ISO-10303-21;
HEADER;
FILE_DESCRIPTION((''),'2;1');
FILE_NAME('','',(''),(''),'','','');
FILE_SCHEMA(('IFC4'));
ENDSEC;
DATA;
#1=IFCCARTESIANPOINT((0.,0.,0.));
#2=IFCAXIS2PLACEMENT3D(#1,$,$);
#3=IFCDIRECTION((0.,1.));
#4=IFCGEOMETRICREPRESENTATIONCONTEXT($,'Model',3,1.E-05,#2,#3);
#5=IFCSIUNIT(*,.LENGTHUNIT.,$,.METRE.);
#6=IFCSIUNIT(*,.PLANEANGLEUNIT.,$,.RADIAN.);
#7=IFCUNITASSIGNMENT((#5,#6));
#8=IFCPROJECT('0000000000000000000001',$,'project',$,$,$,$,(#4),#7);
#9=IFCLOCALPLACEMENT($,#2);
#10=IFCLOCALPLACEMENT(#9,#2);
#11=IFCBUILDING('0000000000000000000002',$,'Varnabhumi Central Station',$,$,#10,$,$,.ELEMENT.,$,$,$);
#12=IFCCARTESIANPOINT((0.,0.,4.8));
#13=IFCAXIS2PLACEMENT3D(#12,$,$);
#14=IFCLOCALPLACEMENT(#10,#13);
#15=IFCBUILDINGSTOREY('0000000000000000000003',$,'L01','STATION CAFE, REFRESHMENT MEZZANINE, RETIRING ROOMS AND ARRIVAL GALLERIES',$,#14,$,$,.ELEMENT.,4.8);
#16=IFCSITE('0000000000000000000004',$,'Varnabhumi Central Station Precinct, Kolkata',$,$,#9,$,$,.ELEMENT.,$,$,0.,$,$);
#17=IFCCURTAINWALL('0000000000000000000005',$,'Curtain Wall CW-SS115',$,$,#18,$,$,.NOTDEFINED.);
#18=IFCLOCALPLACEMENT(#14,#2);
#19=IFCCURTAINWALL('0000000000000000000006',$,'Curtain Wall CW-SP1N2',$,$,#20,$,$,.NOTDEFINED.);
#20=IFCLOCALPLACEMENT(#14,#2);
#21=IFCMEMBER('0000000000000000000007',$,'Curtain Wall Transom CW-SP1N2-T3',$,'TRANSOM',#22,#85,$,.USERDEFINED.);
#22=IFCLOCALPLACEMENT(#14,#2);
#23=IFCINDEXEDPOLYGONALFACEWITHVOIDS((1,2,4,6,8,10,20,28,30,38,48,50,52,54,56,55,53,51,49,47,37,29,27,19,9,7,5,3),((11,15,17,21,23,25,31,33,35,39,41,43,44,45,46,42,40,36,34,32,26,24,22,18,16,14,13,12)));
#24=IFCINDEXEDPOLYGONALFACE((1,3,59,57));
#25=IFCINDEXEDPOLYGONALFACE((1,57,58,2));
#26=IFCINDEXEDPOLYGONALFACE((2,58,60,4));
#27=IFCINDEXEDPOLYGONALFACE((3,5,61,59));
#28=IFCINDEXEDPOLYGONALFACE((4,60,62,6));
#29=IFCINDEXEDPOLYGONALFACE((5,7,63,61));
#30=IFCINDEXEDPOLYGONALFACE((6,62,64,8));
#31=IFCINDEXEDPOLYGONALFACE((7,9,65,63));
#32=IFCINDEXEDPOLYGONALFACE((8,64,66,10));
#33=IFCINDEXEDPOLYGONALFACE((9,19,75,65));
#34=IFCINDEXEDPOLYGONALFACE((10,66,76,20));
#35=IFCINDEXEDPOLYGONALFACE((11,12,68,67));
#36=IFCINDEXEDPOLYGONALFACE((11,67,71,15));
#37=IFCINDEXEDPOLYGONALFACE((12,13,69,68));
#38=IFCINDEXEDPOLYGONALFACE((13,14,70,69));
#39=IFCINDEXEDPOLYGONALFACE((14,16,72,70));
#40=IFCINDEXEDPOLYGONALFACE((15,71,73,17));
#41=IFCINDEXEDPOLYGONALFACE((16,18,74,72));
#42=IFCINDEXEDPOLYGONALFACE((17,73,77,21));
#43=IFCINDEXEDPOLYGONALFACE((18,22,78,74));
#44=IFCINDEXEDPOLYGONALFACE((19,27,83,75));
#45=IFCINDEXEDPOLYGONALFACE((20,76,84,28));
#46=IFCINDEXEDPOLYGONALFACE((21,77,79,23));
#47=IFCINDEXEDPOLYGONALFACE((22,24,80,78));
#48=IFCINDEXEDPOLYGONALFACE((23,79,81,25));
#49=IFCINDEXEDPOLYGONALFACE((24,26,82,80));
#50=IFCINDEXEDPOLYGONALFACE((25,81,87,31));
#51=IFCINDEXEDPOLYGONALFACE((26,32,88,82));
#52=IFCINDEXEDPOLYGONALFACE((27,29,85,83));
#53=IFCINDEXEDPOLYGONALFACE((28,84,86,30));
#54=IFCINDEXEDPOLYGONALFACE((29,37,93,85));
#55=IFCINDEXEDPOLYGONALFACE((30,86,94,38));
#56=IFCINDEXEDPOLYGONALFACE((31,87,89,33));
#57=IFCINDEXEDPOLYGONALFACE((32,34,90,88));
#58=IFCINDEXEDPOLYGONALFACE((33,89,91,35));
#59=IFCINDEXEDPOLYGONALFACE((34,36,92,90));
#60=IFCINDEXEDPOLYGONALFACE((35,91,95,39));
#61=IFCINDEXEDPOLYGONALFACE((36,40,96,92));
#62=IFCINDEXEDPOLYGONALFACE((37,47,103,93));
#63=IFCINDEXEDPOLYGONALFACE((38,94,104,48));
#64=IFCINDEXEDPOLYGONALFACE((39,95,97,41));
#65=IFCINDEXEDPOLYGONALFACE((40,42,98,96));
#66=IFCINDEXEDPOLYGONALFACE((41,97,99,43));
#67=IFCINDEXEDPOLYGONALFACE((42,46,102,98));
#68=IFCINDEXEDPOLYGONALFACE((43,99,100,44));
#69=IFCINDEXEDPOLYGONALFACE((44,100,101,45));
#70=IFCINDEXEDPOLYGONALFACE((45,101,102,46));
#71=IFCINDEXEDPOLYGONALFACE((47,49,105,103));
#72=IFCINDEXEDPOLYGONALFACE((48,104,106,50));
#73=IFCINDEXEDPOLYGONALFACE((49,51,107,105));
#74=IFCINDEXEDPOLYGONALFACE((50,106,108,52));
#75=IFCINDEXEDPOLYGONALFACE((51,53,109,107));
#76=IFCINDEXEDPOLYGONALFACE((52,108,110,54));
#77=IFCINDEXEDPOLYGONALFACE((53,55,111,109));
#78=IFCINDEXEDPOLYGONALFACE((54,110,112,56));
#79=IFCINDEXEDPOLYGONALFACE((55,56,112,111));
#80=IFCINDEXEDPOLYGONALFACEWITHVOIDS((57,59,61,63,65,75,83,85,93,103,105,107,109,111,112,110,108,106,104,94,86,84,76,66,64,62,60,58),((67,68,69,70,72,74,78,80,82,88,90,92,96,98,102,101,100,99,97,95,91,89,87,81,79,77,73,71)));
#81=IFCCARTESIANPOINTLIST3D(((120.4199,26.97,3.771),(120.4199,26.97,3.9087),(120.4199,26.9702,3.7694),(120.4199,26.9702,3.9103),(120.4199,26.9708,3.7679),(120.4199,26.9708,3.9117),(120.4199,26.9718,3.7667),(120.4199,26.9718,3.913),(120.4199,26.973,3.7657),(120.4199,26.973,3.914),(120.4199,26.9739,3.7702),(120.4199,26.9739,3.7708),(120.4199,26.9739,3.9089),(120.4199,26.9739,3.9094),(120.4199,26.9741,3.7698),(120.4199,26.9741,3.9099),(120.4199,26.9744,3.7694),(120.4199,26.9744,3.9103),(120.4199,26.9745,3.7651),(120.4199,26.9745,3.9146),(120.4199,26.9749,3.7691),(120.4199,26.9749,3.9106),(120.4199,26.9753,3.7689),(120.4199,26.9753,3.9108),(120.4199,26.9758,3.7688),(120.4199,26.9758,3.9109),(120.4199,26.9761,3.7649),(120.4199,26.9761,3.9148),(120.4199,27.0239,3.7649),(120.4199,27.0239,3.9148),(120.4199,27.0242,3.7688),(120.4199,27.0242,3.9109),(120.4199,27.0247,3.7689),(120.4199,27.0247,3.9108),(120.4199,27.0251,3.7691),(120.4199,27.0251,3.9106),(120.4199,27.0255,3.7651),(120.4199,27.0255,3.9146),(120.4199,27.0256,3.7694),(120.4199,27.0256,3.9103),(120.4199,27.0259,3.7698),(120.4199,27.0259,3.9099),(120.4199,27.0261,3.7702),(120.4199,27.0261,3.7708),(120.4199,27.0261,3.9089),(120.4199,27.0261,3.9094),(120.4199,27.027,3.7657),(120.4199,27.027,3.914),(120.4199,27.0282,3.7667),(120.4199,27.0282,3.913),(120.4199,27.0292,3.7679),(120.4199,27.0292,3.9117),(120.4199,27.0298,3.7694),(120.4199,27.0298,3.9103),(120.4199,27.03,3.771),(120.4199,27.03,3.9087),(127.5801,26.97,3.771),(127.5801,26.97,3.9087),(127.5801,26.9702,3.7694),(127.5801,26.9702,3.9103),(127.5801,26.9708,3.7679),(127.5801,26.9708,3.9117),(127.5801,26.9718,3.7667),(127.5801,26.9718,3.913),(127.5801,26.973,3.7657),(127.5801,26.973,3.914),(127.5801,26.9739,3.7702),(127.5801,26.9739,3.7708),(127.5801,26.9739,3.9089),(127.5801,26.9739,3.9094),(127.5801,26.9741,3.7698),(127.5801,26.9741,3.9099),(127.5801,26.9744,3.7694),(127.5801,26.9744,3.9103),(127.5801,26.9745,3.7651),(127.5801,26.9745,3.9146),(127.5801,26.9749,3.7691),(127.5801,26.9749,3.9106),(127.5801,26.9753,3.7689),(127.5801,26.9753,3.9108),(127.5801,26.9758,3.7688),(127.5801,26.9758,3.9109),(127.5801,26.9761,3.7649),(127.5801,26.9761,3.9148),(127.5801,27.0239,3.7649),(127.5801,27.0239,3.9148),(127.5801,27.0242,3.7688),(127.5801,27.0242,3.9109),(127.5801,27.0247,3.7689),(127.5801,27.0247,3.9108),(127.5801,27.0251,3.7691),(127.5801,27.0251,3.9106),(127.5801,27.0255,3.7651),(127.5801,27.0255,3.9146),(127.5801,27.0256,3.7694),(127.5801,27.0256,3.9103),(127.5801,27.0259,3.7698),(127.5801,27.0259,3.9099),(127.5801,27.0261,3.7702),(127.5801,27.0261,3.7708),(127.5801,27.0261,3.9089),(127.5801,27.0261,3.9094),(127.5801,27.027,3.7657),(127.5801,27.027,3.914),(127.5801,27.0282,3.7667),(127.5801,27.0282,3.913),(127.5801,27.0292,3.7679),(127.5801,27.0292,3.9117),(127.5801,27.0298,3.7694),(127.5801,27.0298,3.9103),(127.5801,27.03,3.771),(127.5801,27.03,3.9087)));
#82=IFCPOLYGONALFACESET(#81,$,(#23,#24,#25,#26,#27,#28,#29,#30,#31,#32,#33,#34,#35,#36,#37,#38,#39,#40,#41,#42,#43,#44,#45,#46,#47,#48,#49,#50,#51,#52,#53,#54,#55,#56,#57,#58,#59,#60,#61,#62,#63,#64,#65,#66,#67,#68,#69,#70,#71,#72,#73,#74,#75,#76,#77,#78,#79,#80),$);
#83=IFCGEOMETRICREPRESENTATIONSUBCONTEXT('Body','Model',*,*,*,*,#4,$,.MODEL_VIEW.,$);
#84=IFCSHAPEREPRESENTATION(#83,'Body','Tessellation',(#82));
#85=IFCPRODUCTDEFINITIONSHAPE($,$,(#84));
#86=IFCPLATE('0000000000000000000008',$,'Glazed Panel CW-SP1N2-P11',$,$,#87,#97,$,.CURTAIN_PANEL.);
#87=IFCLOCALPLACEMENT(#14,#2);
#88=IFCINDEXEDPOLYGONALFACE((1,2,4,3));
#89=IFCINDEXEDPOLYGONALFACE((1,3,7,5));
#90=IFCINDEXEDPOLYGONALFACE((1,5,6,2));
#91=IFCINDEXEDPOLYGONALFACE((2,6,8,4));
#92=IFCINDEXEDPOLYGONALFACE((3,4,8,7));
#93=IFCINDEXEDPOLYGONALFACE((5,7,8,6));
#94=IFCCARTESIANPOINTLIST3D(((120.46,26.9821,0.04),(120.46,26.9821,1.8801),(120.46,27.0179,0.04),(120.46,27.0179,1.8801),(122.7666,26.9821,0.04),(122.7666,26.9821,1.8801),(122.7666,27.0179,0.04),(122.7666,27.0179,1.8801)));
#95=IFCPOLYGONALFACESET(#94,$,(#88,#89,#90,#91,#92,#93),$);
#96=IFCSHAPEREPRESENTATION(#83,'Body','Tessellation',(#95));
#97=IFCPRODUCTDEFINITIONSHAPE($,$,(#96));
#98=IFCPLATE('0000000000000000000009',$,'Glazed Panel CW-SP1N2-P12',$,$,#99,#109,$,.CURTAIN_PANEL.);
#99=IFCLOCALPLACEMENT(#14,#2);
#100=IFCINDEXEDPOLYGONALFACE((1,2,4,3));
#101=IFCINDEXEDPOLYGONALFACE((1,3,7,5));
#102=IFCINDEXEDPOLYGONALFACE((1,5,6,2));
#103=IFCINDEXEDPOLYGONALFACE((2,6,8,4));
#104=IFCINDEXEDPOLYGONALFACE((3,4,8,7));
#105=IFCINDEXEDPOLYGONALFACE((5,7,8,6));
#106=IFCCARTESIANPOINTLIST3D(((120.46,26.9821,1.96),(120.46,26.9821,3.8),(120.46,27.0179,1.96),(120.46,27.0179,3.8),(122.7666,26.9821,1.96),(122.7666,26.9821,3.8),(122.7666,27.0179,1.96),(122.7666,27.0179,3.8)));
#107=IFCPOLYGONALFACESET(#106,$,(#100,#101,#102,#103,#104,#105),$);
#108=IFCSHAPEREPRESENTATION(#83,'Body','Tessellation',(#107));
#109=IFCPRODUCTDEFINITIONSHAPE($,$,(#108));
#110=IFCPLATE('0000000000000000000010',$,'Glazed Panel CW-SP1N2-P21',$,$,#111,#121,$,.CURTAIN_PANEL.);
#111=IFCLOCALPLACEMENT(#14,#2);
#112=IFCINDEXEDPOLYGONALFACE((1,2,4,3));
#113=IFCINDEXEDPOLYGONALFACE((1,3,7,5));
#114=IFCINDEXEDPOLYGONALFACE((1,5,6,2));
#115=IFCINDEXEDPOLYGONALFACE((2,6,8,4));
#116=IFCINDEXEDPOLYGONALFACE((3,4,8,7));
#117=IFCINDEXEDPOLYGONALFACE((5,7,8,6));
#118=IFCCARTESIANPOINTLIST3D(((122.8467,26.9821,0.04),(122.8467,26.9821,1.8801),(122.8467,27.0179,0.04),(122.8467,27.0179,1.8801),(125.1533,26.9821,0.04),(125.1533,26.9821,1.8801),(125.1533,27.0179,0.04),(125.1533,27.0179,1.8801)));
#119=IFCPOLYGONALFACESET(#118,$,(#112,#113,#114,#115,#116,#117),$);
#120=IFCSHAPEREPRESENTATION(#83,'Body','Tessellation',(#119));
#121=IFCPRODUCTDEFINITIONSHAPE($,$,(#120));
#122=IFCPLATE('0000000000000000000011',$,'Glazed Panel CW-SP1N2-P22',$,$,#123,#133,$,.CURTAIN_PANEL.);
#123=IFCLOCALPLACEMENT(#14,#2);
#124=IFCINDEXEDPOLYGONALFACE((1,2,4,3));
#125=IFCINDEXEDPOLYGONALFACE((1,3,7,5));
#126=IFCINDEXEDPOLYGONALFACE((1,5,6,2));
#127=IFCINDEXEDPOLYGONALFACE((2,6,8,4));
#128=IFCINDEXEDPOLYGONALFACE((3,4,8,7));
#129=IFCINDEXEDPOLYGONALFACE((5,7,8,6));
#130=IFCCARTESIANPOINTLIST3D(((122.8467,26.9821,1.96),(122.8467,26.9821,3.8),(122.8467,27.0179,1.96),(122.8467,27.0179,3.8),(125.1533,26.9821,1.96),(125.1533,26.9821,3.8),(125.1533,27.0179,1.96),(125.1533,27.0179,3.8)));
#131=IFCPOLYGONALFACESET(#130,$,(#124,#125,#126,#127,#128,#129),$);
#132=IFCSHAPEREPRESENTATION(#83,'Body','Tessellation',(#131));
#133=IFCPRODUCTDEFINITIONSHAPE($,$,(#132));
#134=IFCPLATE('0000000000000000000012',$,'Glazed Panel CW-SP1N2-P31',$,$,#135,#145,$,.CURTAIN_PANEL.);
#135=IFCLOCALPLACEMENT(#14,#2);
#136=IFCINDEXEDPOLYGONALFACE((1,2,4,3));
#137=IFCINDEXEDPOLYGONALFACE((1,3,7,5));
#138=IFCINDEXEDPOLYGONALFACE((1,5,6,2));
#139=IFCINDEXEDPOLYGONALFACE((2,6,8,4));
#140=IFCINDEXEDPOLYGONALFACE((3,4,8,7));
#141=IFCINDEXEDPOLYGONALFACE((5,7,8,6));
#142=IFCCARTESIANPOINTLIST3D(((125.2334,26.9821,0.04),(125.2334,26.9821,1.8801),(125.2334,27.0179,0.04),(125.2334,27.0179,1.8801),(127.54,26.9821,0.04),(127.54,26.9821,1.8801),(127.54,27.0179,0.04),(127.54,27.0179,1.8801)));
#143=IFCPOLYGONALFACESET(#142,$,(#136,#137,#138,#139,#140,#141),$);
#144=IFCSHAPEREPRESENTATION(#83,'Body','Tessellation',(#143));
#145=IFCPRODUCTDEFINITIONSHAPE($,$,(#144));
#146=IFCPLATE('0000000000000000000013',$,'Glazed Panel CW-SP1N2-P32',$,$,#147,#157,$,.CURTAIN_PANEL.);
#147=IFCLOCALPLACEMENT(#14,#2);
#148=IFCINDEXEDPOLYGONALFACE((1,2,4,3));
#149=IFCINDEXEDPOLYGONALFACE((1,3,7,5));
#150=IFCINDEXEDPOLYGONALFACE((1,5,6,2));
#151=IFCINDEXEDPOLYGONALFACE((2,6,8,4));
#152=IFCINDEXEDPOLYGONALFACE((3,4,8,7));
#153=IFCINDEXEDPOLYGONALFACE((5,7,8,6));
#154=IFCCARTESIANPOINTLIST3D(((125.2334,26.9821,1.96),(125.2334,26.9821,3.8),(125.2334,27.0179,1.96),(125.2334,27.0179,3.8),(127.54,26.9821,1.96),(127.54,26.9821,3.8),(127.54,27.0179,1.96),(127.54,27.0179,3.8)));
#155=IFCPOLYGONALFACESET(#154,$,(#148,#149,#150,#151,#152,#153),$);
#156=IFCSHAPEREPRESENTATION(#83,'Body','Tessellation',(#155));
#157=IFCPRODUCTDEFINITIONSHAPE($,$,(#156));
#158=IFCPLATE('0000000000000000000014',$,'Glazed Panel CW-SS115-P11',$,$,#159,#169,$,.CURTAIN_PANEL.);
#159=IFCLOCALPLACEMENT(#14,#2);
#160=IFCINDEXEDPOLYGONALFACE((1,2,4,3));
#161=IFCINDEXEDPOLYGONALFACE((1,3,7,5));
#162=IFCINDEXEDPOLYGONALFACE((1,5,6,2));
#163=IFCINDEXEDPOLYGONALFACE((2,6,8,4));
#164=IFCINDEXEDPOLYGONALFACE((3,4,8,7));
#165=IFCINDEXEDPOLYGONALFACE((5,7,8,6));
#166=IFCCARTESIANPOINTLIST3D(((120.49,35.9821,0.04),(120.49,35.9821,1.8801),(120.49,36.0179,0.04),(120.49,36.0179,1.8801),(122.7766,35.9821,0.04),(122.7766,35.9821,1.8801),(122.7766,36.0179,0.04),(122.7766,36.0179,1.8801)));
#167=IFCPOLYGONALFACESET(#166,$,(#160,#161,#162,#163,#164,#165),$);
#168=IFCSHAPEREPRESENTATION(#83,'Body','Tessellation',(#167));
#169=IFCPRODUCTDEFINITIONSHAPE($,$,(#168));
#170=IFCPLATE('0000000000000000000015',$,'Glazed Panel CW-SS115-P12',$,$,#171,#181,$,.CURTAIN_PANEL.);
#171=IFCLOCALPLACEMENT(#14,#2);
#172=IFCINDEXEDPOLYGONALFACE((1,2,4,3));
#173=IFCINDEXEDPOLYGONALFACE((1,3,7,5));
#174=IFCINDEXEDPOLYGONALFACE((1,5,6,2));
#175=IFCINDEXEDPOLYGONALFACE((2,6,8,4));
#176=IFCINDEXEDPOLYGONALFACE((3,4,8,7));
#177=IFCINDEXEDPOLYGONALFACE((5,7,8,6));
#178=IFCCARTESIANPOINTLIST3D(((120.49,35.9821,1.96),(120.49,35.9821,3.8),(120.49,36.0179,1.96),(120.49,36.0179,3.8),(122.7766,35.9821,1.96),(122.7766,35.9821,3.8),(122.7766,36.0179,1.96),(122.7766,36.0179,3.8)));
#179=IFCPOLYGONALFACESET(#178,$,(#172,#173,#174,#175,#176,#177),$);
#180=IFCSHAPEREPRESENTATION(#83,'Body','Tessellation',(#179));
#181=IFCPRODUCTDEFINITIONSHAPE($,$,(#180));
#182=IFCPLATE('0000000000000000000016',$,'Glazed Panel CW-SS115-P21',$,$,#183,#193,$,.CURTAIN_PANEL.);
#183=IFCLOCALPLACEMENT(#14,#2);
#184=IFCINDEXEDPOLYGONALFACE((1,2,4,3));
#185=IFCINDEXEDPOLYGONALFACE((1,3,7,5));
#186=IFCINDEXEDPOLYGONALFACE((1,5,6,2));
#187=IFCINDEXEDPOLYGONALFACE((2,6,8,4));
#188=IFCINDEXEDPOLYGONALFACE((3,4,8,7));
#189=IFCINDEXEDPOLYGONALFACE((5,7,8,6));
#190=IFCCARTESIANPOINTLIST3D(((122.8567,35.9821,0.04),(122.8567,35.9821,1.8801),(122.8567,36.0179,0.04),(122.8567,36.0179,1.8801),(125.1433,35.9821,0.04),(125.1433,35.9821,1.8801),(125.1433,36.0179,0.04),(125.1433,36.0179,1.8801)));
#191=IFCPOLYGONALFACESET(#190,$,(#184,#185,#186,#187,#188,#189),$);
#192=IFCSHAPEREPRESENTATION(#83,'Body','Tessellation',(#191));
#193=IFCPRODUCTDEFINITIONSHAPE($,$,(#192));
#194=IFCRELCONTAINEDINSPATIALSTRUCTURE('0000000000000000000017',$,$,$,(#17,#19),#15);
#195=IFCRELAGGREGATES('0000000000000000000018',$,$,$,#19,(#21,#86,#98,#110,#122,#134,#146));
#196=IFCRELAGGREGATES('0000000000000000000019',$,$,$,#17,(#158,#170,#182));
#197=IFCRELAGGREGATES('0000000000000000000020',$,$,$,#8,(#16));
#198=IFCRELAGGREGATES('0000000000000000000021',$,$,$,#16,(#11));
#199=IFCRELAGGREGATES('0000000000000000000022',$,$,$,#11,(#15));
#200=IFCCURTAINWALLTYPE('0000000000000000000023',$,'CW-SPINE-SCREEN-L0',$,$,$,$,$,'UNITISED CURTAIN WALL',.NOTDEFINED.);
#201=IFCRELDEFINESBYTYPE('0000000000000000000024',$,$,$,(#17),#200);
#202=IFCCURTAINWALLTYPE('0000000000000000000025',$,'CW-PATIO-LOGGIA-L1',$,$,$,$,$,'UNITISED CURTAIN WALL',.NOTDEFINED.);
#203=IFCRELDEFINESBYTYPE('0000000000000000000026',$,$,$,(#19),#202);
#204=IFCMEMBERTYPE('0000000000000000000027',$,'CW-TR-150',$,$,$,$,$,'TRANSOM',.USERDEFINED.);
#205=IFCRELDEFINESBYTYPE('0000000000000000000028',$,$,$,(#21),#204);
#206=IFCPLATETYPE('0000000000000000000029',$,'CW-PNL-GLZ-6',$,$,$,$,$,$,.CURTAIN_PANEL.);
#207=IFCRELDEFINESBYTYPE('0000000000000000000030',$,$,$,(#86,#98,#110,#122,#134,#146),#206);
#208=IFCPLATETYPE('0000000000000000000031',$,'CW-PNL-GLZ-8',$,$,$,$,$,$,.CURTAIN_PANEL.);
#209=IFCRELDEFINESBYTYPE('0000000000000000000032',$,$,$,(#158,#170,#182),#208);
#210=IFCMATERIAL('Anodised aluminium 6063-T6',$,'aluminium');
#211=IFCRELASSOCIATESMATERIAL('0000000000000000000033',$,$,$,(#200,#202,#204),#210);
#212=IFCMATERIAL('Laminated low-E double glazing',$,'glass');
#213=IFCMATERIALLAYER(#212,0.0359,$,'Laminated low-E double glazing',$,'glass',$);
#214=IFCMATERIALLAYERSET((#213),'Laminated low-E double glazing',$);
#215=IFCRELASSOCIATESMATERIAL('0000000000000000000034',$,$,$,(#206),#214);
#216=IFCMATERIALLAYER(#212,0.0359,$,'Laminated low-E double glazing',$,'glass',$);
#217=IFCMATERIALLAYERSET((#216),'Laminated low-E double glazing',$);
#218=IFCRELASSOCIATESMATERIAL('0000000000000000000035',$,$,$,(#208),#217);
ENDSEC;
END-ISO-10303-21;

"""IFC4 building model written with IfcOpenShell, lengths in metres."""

from ifc_helpers import new_model, si_unit, direction, frame, origin, origin_2d, place, context, subcontext, project, spatial, rectangle, hollow_rectangle, extrude, material, layer, layer_set, material_profile, profile_set, type_object, element, aggregate, save


model = new_model("IFC4")

# Units and contexts
model_context = context("Model", 3, precision=1e-05, world=origin(), true_north=direction((0.0, 1.0)))
body_context = subcontext(model_context, "Body", "Model", "MODEL_VIEW")
ifc_project = project(units=[si_unit("LENGTHUNIT", "METRE"), si_unit("PLANEANGLEUNIT", "RADIAN")], contexts=[model_context])

# Site, building, storey
site_placement = place(None, origin())
site = spatial("IfcSite", under=ifc_project, at=site_placement, Name="Varnabhumi Central Station Precinct, Kolkata", CompositionType="ELEMENT", RefElevation=0.0)
building_placement = place(site_placement, origin())
building = spatial("IfcBuilding", under=site, at=building_placement, Name="Varnabhumi Central Station", CompositionType="ELEMENT")
storey_placement = place(building_placement, frame((0.0, 0.0, 4.8)))
storey = spatial("IfcBuildingStorey", under=building, at=storey_placement, Name="L01", Description="STATION CAFE, REFRESHMENT MEZZANINE, RETIRING ROOMS AND ARRIVAL GALLERIES", CompositionType="ELEMENT", Elevation=4.8)

# Curtain walls
ifc_material_1 = material(Name="Anodised aluminium 6063-T6", Category="aluminium")
curtain_wall_type_1 = type_object("IfcCurtainWallType", Name="CW-SPINE-SCREEN-L0", ElementType="UNITISED CURTAIN WALL", PredefinedType="NOTDEFINED", material=ifc_material_1)
curtain_wall_1_placement = place(storey_placement, origin())
curtain_wall_1 = element("IfcCurtainWall", 1, at=curtain_wall_1_placement, inside=storey, type_object=curtain_wall_type_1, Name="Curtain Wall CW-SS115", PredefinedType="NOTDEFINED")
curtain_wall_type_2 = type_object("IfcCurtainWallType", Name="CW-PATIO-LOGGIA-L1", ElementType="UNITISED CURTAIN WALL", PredefinedType="NOTDEFINED", material=ifc_material_1)
curtain_wall_2_placement = place(storey_placement, origin())
curtain_wall_2 = element("IfcCurtainWall", 2, at=curtain_wall_2_placement, inside=storey, type_object=curtain_wall_type_2, Name="Curtain Wall CW-SP1N2", PredefinedType="NOTDEFINED")

# Member
ifc_material_profile_1 = material_profile(ifc_material_1, hollow_rectangle(XDim=0.0601, YDim=0.1499, WallThickness=0.0039, InnerFilletRadius=0.002, OuterFilletRadius=0.0061, at=origin_2d()), Name="Anodised aluminium 6063-T6", Category="aluminium")
ifc_profile_set_1 = profile_set([ifc_material_profile_1], Name="Anodised aluminium 6063-T6")
member_type_1 = type_object("IfcMemberType", Name="CW-TR-150", ElementType="TRANSOM", PredefinedType="USERDEFINED", material=ifc_profile_set_1)
member_1_placement = place(storey_placement, frame((120.4199, 27.0, 3.8398), z_axis=(1.0, 0.0, 0.0), x_axis=(0.0, 1.0, 0.0)))
member_1 = element("IfcMember", 3, at=member_1_placement, type_object=member_type_1, Name="Curtain Wall Transom CW-SP1N2-T3", ObjectType="TRANSOM", PredefinedType="USERDEFINED", context=body_context, shape_type="SweptSolid", body=[
    extrude(hollow_rectangle(XDim=0.0601, YDim=0.1499, WallThickness=0.0039, InnerFilletRadius=0.002, OuterFilletRadius=0.0061, at=origin_2d()), origin(), (0.0, 0.0, 1.0), 7.1602),
])

# Plates
ifc_material_2 = material(Name="Laminated low-E double glazing", Category="glass")
ifc_layer_1 = layer(ifc_material_2, 0.0359, Name="Laminated low-E double glazing", Category="glass")
ifc_layer_set_1 = layer_set([ifc_layer_1], Name="Laminated low-E double glazing")
plate_type_1 = type_object("IfcPlateType", Name="CW-PNL-GLZ-6", PredefinedType="CURTAIN_PANEL", material=ifc_layer_set_1)
plate_1_placement = place(storey_placement, frame((121.6133, 27.0, 0.04), z_axis=(0.0, 0.0, 1.0), x_axis=(1.0, 0.0, 0.0)))
plate_1 = element("IfcPlate", 4, at=plate_1_placement, type_object=plate_type_1, Name="Glazed Panel CW-SP1N2-P11", PredefinedType="CURTAIN_PANEL", context=body_context, shape_type="SweptSolid", body=[
    extrude(rectangle(XDim=2.3066, YDim=0.0359, at=origin_2d()), origin(), (0.0, 0.0, 1.0), 1.8401),
])
plate_2_placement = place(storey_placement, frame((121.6133, 27.0, 1.96), z_axis=(0.0, 0.0, 1.0), x_axis=(1.0, 0.0, 0.0)))
plate_2 = element("IfcPlate", 5, at=plate_2_placement, type_object=plate_type_1, Name="Glazed Panel CW-SP1N2-P12", PredefinedType="CURTAIN_PANEL", context=body_context, shape_type="SweptSolid", body=[
    extrude(rectangle(XDim=2.3066, YDim=0.0359, at=origin_2d()), origin(), (0.0, 0.0, 1.0), 1.8401),
])
plate_3_placement = place(storey_placement, frame((124.0, 27.0, 0.04), z_axis=(0.0, 0.0, 1.0), x_axis=(1.0, 0.0, 0.0)))
plate_3 = element("IfcPlate", 6, at=plate_3_placement, type_object=plate_type_1, Name="Glazed Panel CW-SP1N2-P21", PredefinedType="CURTAIN_PANEL", context=body_context, shape_type="SweptSolid", body=[
    extrude(rectangle(XDim=2.3066, YDim=0.0359, at=origin_2d()), origin(), (0.0, 0.0, 1.0), 1.8401),
])
plate_4_placement = place(storey_placement, frame((124.0, 27.0, 1.96), z_axis=(0.0, 0.0, 1.0), x_axis=(1.0, 0.0, 0.0)))
plate_4 = element("IfcPlate", 7, at=plate_4_placement, type_object=plate_type_1, Name="Glazed Panel CW-SP1N2-P22", PredefinedType="CURTAIN_PANEL", context=body_context, shape_type="SweptSolid", body=[
    extrude(rectangle(XDim=2.3066, YDim=0.0359, at=origin_2d()), origin(), (0.0, 0.0, 1.0), 1.8401),
])
plate_5_placement = place(storey_placement, frame((126.3867, 27.0, 0.04), z_axis=(0.0, 0.0, 1.0), x_axis=(1.0, 0.0, 0.0)))
plate_5 = element("IfcPlate", 8, at=plate_5_placement, type_object=plate_type_1, Name="Glazed Panel CW-SP1N2-P31", PredefinedType="CURTAIN_PANEL", context=body_context, shape_type="SweptSolid", body=[
    extrude(rectangle(XDim=2.3066, YDim=0.0359, at=origin_2d()), origin(), (0.0, 0.0, 1.0), 1.8401),
])
plate_6_placement = place(storey_placement, frame((126.3867, 27.0, 1.96), z_axis=(0.0, 0.0, 1.0), x_axis=(1.0, 0.0, 0.0)))
plate_6 = element("IfcPlate", 9, at=plate_6_placement, type_object=plate_type_1, Name="Glazed Panel CW-SP1N2-P32", PredefinedType="CURTAIN_PANEL", context=body_context, shape_type="SweptSolid", body=[
    extrude(rectangle(XDim=2.3066, YDim=0.0359, at=origin_2d()), origin(), (0.0, 0.0, 1.0), 1.8401),
])
aggregate(curtain_wall_2, [member_1, plate_1, plate_2, plate_3, plate_4, plate_5, plate_6])
ifc_layer_2 = layer(ifc_material_2, 0.0359, Name="Laminated low-E double glazing", Category="glass")
ifc_layer_set_2 = layer_set([ifc_layer_2], Name="Laminated low-E double glazing")
plate_type_2 = type_object("IfcPlateType", Name="CW-PNL-GLZ-8", PredefinedType="CURTAIN_PANEL", material=ifc_layer_set_2)
plate_7_placement = place(storey_placement, frame((121.6333, 36.0, 0.04), z_axis=(0.0, 0.0, 1.0), x_axis=(1.0, 0.0, 0.0)))
plate_7 = element("IfcPlate", 10, at=plate_7_placement, type_object=plate_type_2, Name="Glazed Panel CW-SS115-P11", PredefinedType="CURTAIN_PANEL", context=body_context, shape_type="SweptSolid", body=[
    extrude(rectangle(XDim=2.2866, YDim=0.0359, at=origin_2d()), origin(), (0.0, 0.0, 1.0), 1.8401),
])
plate_8_placement = place(storey_placement, frame((121.6333, 36.0, 1.96), z_axis=(0.0, 0.0, 1.0), x_axis=(1.0, 0.0, 0.0)))
plate_8 = element("IfcPlate", 11, at=plate_8_placement, type_object=plate_type_2, Name="Glazed Panel CW-SS115-P12", PredefinedType="CURTAIN_PANEL", context=body_context, shape_type="SweptSolid", body=[
    extrude(rectangle(XDim=2.2866, YDim=0.0359, at=origin_2d()), origin(), (0.0, 0.0, 1.0), 1.8401),
])
plate_9_placement = place(storey_placement, frame((124.0, 36.0, 0.04), z_axis=(0.0, 0.0, 1.0), x_axis=(1.0, 0.0, 0.0)))
plate_9 = element("IfcPlate", 12, at=plate_9_placement, type_object=plate_type_2, Name="Glazed Panel CW-SS115-P21", PredefinedType="CURTAIN_PANEL", context=body_context, shape_type="SweptSolid", body=[
    extrude(rectangle(XDim=2.2866, YDim=0.0359, at=origin_2d()), origin(), (0.0, 0.0, 1.0), 1.8401),
])
aggregate(curtain_wall_1, [plate_7, plate_8, plate_9])

save(model, "model.ifc")
